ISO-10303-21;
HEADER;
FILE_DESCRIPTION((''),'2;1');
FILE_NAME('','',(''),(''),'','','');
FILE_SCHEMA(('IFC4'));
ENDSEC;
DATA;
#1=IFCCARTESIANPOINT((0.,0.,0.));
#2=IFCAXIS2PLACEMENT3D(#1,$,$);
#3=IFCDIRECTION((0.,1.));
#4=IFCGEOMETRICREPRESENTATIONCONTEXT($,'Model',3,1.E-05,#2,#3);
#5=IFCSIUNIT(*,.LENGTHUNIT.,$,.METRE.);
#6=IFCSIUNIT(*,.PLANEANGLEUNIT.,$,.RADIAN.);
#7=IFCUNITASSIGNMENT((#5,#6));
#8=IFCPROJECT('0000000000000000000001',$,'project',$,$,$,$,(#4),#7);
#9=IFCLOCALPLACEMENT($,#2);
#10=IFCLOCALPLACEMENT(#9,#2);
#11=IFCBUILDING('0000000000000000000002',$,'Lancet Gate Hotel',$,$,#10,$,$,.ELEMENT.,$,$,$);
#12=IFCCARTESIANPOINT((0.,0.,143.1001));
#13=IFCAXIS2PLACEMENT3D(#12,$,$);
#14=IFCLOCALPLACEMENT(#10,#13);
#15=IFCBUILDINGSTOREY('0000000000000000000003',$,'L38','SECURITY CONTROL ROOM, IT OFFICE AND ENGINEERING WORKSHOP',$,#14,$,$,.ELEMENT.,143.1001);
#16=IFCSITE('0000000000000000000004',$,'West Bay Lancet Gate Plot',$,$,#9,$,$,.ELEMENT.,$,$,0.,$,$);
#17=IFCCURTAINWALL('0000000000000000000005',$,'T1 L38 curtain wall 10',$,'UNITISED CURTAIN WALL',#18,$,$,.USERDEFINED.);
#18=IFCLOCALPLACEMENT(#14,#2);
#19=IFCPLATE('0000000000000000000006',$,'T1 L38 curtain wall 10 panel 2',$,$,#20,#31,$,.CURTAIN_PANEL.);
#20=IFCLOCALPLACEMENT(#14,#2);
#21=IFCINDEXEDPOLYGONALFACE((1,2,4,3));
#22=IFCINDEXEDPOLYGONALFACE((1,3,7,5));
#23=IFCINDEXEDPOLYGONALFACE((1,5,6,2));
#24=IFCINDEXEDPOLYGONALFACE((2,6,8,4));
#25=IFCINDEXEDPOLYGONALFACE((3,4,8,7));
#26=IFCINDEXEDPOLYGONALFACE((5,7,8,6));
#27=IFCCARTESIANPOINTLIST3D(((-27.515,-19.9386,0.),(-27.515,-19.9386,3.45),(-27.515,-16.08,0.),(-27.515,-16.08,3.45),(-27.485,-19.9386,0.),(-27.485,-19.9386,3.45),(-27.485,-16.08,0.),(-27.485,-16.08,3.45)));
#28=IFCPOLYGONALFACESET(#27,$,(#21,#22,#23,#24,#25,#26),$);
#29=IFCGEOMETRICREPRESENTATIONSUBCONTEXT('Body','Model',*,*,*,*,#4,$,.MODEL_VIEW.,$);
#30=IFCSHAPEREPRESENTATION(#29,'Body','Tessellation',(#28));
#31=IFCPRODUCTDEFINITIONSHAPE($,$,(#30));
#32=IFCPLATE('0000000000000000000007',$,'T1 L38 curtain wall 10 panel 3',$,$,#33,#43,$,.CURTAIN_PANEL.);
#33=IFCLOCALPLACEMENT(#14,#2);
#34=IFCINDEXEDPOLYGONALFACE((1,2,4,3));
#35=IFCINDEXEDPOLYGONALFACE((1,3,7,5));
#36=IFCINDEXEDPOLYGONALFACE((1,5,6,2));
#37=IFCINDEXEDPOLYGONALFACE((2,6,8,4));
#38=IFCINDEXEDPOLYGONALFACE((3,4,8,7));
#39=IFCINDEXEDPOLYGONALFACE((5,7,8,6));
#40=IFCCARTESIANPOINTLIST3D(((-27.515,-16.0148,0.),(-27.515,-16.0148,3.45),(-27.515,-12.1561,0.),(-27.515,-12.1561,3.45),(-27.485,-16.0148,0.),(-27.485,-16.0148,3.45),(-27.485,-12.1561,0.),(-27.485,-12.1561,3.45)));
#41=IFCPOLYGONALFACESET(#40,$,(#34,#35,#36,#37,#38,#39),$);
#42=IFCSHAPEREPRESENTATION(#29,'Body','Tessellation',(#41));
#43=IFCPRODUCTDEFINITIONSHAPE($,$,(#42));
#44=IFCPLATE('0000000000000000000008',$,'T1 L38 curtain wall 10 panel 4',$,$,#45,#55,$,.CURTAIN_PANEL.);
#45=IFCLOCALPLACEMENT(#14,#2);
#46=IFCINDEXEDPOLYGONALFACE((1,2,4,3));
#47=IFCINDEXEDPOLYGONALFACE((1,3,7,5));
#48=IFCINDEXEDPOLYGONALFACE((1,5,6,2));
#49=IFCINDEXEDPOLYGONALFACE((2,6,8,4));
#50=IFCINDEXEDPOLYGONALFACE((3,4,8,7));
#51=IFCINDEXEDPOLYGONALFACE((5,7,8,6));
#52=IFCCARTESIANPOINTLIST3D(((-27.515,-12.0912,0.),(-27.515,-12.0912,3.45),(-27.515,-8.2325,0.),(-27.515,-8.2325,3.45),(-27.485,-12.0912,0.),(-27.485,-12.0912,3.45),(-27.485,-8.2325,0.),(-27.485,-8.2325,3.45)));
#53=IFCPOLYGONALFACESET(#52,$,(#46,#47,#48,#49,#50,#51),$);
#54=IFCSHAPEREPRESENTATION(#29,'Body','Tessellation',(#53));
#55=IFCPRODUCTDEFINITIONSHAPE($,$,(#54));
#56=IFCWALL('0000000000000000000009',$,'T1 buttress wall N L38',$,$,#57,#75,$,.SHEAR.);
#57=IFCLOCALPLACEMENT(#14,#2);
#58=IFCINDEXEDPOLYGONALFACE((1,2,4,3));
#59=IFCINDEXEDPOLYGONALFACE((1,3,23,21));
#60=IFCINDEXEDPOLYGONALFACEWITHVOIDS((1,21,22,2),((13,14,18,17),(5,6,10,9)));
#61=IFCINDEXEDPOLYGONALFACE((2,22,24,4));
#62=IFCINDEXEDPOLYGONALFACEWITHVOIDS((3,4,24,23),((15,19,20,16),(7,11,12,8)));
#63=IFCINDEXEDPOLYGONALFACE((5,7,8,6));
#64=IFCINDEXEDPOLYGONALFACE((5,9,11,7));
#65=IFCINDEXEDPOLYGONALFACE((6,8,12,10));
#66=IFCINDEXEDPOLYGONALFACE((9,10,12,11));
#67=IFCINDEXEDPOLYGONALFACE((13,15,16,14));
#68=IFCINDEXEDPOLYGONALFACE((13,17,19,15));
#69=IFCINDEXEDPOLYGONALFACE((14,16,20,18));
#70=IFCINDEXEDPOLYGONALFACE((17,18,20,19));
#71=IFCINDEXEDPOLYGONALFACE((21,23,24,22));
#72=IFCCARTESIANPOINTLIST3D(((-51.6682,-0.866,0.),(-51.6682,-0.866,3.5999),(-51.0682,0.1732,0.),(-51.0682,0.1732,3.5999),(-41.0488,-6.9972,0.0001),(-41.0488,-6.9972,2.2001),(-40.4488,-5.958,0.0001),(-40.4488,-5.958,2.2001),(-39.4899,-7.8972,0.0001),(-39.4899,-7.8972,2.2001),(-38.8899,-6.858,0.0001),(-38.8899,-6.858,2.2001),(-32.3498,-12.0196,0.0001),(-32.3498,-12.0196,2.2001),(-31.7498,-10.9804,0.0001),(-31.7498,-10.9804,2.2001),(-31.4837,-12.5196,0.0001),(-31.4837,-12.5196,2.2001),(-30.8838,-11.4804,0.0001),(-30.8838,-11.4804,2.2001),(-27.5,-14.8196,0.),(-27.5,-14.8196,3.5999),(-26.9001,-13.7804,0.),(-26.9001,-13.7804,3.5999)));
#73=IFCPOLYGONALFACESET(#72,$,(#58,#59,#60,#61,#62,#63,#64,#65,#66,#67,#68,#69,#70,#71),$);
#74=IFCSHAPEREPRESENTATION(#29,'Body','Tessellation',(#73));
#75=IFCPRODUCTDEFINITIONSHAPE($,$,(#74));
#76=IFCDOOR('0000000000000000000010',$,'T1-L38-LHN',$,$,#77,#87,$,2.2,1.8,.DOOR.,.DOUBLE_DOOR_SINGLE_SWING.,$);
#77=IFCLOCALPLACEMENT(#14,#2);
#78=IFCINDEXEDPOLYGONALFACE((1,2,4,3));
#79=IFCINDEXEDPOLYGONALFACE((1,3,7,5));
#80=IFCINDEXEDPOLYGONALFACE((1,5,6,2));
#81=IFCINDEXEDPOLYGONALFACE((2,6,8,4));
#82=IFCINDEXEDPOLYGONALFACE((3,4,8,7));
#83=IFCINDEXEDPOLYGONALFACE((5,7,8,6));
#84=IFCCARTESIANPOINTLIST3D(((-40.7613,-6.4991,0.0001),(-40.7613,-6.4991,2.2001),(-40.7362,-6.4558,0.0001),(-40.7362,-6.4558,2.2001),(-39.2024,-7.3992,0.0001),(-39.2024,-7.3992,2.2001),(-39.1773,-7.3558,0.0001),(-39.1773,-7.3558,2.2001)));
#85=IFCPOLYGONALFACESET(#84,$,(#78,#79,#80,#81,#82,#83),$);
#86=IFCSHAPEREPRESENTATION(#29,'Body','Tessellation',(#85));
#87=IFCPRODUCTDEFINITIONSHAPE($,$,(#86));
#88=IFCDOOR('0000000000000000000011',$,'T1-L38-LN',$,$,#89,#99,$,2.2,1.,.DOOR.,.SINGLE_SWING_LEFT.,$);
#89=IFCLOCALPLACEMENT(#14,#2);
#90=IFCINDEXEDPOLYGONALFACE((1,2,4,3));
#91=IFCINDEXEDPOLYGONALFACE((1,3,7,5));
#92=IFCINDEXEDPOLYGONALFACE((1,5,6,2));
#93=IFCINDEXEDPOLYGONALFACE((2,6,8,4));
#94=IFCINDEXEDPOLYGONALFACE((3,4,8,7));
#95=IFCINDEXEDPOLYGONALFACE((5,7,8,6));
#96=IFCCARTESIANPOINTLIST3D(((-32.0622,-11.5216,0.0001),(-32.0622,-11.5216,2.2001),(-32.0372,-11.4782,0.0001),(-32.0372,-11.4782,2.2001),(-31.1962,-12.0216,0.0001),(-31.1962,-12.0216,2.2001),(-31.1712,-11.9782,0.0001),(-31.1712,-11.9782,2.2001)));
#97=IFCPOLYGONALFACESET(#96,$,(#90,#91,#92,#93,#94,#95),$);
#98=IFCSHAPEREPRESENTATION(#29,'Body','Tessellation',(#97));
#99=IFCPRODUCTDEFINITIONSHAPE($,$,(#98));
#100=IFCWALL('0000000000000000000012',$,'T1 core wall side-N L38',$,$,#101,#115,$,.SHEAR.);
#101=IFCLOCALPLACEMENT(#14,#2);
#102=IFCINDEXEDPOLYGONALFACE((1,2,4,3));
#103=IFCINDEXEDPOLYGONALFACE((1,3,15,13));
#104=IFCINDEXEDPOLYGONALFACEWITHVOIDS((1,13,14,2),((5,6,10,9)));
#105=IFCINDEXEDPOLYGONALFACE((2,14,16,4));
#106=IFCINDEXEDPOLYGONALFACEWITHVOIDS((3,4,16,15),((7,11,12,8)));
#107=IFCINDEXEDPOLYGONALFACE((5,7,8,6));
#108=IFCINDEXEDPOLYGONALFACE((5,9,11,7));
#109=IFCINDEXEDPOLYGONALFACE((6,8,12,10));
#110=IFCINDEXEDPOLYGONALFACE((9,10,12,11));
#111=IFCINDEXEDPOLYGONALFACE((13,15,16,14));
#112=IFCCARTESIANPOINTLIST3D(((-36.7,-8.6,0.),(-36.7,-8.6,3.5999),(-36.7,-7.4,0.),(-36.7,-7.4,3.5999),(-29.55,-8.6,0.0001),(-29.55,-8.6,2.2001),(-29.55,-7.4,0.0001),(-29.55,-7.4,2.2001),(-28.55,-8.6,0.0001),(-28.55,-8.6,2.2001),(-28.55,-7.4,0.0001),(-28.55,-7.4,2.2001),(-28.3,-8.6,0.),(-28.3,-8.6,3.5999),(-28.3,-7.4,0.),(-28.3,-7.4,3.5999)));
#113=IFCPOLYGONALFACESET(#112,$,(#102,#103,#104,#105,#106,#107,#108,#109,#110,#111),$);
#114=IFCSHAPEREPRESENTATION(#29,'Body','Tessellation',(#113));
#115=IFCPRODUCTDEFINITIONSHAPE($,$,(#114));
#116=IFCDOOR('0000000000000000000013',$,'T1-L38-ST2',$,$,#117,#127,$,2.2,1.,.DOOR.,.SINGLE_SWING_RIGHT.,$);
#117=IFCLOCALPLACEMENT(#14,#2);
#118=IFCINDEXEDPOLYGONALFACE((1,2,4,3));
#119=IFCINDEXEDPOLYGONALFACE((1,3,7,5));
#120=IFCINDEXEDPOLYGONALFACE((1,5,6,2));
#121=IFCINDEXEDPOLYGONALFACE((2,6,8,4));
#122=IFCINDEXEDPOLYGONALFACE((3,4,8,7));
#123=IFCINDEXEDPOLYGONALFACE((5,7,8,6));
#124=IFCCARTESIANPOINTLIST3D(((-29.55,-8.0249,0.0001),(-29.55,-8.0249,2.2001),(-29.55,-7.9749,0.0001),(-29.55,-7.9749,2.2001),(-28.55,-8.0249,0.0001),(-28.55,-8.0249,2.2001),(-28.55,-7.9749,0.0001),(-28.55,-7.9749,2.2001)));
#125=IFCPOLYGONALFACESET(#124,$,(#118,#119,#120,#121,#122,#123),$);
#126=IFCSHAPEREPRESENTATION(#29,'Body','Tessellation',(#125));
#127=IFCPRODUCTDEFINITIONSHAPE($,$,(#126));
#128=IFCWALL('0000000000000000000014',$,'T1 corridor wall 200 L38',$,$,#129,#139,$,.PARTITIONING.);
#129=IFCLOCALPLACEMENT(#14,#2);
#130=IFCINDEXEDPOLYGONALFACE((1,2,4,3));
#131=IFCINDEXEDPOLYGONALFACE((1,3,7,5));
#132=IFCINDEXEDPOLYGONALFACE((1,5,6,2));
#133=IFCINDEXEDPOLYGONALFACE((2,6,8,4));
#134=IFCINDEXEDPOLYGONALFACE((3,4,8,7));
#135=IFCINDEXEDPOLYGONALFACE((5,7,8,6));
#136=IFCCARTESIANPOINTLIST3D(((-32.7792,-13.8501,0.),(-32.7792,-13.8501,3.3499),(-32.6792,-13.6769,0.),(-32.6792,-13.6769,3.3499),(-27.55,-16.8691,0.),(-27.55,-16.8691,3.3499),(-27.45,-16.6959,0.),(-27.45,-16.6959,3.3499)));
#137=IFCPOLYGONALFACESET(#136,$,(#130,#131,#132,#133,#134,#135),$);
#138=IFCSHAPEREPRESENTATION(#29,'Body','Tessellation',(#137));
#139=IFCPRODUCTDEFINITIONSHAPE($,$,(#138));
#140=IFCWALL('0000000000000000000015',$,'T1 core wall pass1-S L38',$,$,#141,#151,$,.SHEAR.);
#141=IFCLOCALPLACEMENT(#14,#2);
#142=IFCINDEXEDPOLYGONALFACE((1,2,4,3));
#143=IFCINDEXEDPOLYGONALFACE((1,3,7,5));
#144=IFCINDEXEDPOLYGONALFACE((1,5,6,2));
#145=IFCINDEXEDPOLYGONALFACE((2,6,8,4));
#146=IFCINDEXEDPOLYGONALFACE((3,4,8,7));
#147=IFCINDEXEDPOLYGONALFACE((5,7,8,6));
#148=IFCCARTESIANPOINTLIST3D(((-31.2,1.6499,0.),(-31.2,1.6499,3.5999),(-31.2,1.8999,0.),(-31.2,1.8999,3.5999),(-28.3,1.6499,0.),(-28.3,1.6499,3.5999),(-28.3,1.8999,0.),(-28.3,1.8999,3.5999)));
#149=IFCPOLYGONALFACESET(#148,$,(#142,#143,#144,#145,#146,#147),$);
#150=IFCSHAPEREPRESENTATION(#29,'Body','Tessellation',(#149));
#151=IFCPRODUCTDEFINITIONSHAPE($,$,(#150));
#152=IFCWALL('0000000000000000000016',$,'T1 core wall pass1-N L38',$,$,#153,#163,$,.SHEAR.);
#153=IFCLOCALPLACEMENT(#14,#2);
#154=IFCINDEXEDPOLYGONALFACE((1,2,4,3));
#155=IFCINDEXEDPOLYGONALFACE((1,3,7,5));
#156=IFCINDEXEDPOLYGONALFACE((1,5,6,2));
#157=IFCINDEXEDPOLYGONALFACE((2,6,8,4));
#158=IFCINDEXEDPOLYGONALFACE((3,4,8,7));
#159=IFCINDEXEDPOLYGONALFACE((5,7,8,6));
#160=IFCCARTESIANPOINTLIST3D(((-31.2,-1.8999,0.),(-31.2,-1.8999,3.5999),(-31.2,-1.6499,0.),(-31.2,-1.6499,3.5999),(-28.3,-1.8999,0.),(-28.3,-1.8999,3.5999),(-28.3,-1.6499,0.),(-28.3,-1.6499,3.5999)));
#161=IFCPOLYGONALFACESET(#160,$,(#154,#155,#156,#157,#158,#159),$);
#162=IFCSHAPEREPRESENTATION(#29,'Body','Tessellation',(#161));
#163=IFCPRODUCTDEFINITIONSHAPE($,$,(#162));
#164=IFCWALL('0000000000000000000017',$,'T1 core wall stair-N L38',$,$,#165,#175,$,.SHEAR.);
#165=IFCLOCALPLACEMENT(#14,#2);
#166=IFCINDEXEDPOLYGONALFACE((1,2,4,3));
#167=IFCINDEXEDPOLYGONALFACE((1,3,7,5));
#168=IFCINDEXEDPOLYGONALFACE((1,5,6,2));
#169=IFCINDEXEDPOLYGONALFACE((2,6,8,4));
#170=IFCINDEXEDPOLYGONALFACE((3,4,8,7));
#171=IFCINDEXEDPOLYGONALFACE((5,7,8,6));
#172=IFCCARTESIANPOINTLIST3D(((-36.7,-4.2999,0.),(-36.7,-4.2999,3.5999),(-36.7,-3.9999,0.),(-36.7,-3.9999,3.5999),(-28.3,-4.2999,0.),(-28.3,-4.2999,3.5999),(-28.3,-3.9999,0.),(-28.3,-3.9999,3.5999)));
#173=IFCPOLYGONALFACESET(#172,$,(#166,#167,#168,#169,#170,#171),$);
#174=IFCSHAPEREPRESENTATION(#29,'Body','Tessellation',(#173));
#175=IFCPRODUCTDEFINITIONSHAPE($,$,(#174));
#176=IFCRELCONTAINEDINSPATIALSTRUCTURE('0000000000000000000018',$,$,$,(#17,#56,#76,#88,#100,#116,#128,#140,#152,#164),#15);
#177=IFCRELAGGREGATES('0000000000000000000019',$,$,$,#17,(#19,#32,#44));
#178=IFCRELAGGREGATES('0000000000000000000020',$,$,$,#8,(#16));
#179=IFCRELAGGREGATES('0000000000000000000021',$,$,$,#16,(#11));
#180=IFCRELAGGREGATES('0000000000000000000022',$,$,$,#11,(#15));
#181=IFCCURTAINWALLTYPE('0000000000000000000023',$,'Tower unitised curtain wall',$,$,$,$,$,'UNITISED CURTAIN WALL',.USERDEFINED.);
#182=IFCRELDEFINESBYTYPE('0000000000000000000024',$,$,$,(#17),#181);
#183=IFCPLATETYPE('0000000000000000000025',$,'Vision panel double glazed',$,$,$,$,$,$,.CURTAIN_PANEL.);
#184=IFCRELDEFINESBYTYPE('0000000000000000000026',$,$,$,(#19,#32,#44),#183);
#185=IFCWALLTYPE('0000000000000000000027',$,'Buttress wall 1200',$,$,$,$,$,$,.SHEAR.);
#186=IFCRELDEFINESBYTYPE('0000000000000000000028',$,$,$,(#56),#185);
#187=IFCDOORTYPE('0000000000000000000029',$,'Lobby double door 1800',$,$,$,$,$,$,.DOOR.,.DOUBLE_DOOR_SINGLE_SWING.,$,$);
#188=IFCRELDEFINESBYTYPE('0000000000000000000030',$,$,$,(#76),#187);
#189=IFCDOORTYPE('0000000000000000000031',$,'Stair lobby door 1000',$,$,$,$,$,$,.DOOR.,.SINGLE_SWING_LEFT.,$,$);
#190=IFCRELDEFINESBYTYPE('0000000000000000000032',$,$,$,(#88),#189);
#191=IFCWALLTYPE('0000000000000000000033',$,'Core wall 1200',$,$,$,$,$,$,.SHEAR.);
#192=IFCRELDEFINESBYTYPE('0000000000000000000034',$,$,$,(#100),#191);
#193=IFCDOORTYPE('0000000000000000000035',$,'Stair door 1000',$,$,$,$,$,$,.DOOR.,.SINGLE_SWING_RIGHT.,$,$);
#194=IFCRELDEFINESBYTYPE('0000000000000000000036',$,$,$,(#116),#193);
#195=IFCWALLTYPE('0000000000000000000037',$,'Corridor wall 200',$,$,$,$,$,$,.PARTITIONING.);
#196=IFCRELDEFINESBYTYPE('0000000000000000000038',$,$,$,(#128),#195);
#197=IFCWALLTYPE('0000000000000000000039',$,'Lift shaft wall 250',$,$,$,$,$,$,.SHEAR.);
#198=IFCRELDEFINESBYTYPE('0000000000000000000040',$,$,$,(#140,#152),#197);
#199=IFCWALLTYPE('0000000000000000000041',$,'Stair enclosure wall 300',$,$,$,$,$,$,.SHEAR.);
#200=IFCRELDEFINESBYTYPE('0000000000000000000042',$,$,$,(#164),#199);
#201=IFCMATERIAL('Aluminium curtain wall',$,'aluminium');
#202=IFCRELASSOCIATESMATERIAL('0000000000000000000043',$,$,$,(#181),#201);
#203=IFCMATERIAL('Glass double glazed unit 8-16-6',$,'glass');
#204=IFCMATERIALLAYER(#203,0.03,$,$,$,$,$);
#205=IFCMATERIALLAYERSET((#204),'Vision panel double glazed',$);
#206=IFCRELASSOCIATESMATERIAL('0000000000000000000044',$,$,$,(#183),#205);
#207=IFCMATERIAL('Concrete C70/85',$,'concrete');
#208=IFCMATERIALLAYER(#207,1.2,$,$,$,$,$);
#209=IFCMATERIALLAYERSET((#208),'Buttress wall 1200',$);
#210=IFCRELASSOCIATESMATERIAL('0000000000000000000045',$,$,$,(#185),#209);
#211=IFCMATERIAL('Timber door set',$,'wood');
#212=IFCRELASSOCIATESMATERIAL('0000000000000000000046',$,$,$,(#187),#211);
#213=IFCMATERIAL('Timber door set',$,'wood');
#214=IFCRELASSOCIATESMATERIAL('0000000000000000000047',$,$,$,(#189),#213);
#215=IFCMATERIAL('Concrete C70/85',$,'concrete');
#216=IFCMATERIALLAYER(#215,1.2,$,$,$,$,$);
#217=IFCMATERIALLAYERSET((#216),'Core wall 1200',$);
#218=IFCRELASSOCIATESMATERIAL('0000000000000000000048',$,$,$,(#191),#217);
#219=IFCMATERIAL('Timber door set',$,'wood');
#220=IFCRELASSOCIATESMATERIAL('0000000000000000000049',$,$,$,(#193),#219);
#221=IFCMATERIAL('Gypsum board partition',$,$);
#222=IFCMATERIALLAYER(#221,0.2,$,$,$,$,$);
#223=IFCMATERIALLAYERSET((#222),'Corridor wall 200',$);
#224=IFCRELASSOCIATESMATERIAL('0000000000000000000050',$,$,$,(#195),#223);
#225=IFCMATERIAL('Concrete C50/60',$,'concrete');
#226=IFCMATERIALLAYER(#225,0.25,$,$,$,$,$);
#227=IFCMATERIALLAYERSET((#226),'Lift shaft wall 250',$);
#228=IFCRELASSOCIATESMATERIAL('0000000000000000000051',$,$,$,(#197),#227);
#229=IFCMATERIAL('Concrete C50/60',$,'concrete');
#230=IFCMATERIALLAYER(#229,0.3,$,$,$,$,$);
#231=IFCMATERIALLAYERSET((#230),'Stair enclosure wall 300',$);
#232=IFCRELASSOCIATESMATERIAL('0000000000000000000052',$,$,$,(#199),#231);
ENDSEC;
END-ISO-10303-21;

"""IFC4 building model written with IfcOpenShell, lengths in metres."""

from ifc_helpers import new_model, si_unit, direction, frame, frame_2d, origin, origin_2d, place, context, subcontext, project, spatial, rectangle, extrude, material, layer, layer_set, type_object, element, fill, aggregate, save


model = new_model("IFC4")

# Units and contexts
model_context = context("Model", 3, precision=1e-05, world=origin(), true_north=direction((0.0, 1.0)))
body_context = subcontext(model_context, "Body", "Model", "MODEL_VIEW")
ifc_project = project(units=[si_unit("LENGTHUNIT", "METRE"), si_unit("PLANEANGLEUNIT", "RADIAN")], contexts=[model_context])

# Site, building, storey
site_placement = place(None, origin())
site = spatial("IfcSite", under=ifc_project, at=site_placement, Name="West Bay Lancet Gate Plot", CompositionType="ELEMENT", RefElevation=0.0)
building_placement = place(site_placement, origin())
building = spatial("IfcBuilding", under=site, at=building_placement, Name="Lancet Gate Hotel", CompositionType="ELEMENT")
storey_placement = place(building_placement, frame((0.0, 0.0, 143.1001)))
storey = spatial("IfcBuildingStorey", under=building, at=storey_placement, Name="L38", Description="SECURITY CONTROL ROOM, IT OFFICE AND ENGINEERING WORKSHOP", CompositionType="ELEMENT", Elevation=143.1001)

# Curtain wall
ifc_material_1 = material(Name="Aluminium curtain wall", Category="aluminium")
curtain_wall_type = type_object("IfcCurtainWallType", Name="Tower unitised curtain wall", ElementType="UNITISED CURTAIN WALL", PredefinedType="USERDEFINED", material=ifc_material_1)
curtain_wall_placement = place(storey_placement, origin())
curtain_wall = element("IfcCurtainWall", 1, at=curtain_wall_placement, inside=storey, type_object=curtain_wall_type, Name="T1 L38 curtain wall 10", ObjectType="UNITISED CURTAIN WALL", PredefinedType="USERDEFINED")

# Plates
ifc_material_2 = material(Name="Glass double glazed unit 8-16-6", Category="glass")
ifc_layer_1 = layer(ifc_material_2, 0.03)
ifc_layer_set_1 = layer_set([ifc_layer_1], Name="Vision panel double glazed")
plate_type = type_object("IfcPlateType", Name="Vision panel double glazed", PredefinedType="CURTAIN_PANEL", material=ifc_layer_set_1)
plate_1_placement = place(storey_placement, frame((-27.5, -18.0093, 0.0), z_axis=(0.0, 0.0, 1.0), x_axis=(0.0, 1.0, 0.0)))
plate_1 = element("IfcPlate", 2, at=plate_1_placement, type_object=plate_type, Name="T1 L38 curtain wall 10 panel 2", PredefinedType="CURTAIN_PANEL", context=body_context, shape_type="SweptSolid", body=[
    extrude(rectangle(XDim=3.8586, YDim=0.03, at=origin_2d()), origin(), (0.0, 0.0, 1.0), 3.45),
])
plate_2_placement = place(storey_placement, frame((-27.5, -14.0854, 0.0), z_axis=(0.0, 0.0, 1.0), x_axis=(0.0, 1.0, 0.0)))
plate_2 = element("IfcPlate", 3, at=plate_2_placement, type_object=plate_type, Name="T1 L38 curtain wall 10 panel 3", PredefinedType="CURTAIN_PANEL", context=body_context, shape_type="SweptSolid", body=[
    extrude(rectangle(XDim=3.8586, YDim=0.03, at=origin_2d()), origin(), (0.0, 0.0, 1.0), 3.45),
])
plate_3_placement = place(storey_placement, frame((-27.5, -10.1619, 0.0), z_axis=(0.0, 0.0, 1.0), x_axis=(0.0, 1.0, 0.0)))
plate_3 = element("IfcPlate", 4, at=plate_3_placement, type_object=plate_type, Name="T1 L38 curtain wall 10 panel 4", PredefinedType="CURTAIN_PANEL", context=body_context, shape_type="SweptSolid", body=[
    extrude(rectangle(XDim=3.8586, YDim=0.03, at=origin_2d()), origin(), (0.0, 0.0, 1.0), 3.45),
])
aggregate(curtain_wall, [plate_1, plate_2, plate_3])

# Wall, openings, doors
ifc_material_3 = material(Name="Concrete C70/85", Category="concrete")
ifc_layer_2 = layer(ifc_material_3, 1.2)
ifc_layer_set_2 = layer_set([ifc_layer_2], Name="Buttress wall 1200")
wall_type_1 = type_object("IfcWallType", Name="Buttress wall 1200", PredefinedType="SHEAR", material=ifc_layer_set_2)
wall_1_placement = place(storey_placement, frame((-27.2, -14.3, 0.0), z_axis=(0.0, 0.0, 1.0), x_axis=(-0.866024, 0.500002, 0.0)))
wall_1 = element("IfcWall", 5, at=wall_1_placement, inside=storey, type_object=wall_type_1, Name="T1 buttress wall N L38", PredefinedType="SHEAR", context=body_context, shape_type="SweptSolid", body=[
    extrude(rectangle(XDim=27.907, YDim=1.2, at=frame_2d((13.9536, 0.0))), origin(), (0.0, 0.0, 1.0), 3.5999),
])
opening_1_placement = place(wall_1_placement, frame((4.6001, 0.0, 0.0)))
opening_1 = element("IfcOpeningElement", 6, at=opening_1_placement, cuts=wall_1, PredefinedType="OPENING", context=body_context, shape_type="SweptSolid", body=[
    extrude(rectangle(XDim=1.0, YDim=2.2, at=frame_2d((0.5, 1.1001))), frame((0.0, 0.6099, 0.0), z_axis=(0.0, -1.0, 0.0), x_axis=(1.0, 0.0, 0.0)), (0.0, 0.0, 1.0), 1.22),
])
opening_2_placement = place(wall_1_placement, frame((13.845, 0.0, 0.0)))
opening_2 = element("IfcOpeningElement", 7, at=opening_2_placement, cuts=wall_1, PredefinedType="OPENING", context=body_context, shape_type="SweptSolid", body=[
    extrude(rectangle(XDim=1.8, YDim=2.2, at=frame_2d((0.8999, 1.1001))), frame((0.0, 0.6099, 0.0), z_axis=(0.0, -1.0, 0.0), x_axis=(1.0, 0.0, 0.0)), (0.0, 0.0, 1.0), 1.22),
])
ifc_material_4 = material(Name="Timber door set", Category="wood")
door_type_1 = type_object("IfcDoorType", Name="Lobby double door 1800", OperationType="DOUBLE_DOOR_SINGLE_SWING", PredefinedType="DOOR", material=ifc_material_4)
door_1_placement = place(opening_2_placement, origin())
door_1 = element("IfcDoor", 8, at=door_1_placement, inside=storey, type_object=door_type_1, Name="T1-L38-LHN", OperationType="DOUBLE_DOOR_SINGLE_SWING", OverallHeight=2.2, OverallWidth=1.8, PredefinedType="DOOR", context=body_context, shape_type="SweptSolid", body=[
    extrude(rectangle(XDim=1.8, YDim=2.2, at=frame_2d((0.8999, 1.1001))), frame((0.0, 0.0249, 0.0), z_axis=(0.0, -1.0, 0.0), x_axis=(1.0, 0.0, 0.0)), (0.0, 0.0, 1.0), 0.05),
])
fill(opening_2, door_1)
ifc_material_5 = material(Name="Timber door set", Category="wood")
door_type_2 = type_object("IfcDoorType", Name="Stair lobby door 1000", OperationType="SINGLE_SWING_LEFT", PredefinedType="DOOR", material=ifc_material_5)
door_2_placement = place(opening_1_placement, origin())
door_2 = element("IfcDoor", 9, at=door_2_placement, inside=storey, type_object=door_type_2, Name="T1-L38-LN", OperationType="SINGLE_SWING_LEFT", OverallHeight=2.2, OverallWidth=1.0, PredefinedType="DOOR", context=body_context, shape_type="SweptSolid", body=[
    extrude(rectangle(XDim=1.0, YDim=2.2, at=frame_2d((0.5, 1.1001))), frame((0.0, 0.0249, 0.0), z_axis=(0.0, -1.0, 0.0), x_axis=(1.0, 0.0, 0.0)), (0.0, 0.0, 1.0), 0.05),
])
fill(opening_1, door_2)

# Wall, opening, door
ifc_material_6 = material(Name="Concrete C70/85", Category="concrete")
ifc_layer_3 = layer(ifc_material_6, 1.2)
ifc_layer_set_3 = layer_set([ifc_layer_3], Name="Core wall 1200")
wall_type_2 = type_object("IfcWallType", Name="Core wall 1200", PredefinedType="SHEAR", material=ifc_layer_set_3)
wall_2_placement = place(storey_placement, frame((-28.3, -8.0, 0.0), z_axis=(0.0, 0.0, 1.0), x_axis=(-1.0, 0.0, 0.0)))
wall_2 = element("IfcWall", 10, at=wall_2_placement, inside=storey, type_object=wall_type_2, Name="T1 core wall side-N L38", PredefinedType="SHEAR", context=body_context, shape_type="SweptSolid", body=[
    extrude(rectangle(XDim=8.3999, YDim=1.2, at=frame_2d((4.2, 0.0))), origin(), (0.0, 0.0, 1.0), 3.5999),
])
opening_3_placement = place(wall_2_placement, frame((0.25, 0.0, 0.0)))
opening_3 = element("IfcOpeningElement", 11, at=opening_3_placement, cuts=wall_2, PredefinedType="OPENING", context=body_context, shape_type="SweptSolid", body=[
    extrude(rectangle(XDim=1.0, YDim=2.2, at=frame_2d((0.5, 1.1001))), frame((0.0, 0.6099, 0.0), z_axis=(0.0, -1.0, 0.0), x_axis=(1.0, 0.0, 0.0)), (0.0, 0.0, 1.0), 1.22),
])
ifc_material_7 = material(Name="Timber door set", Category="wood")
door_type_3 = type_object("IfcDoorType", Name="Stair door 1000", OperationType="SINGLE_SWING_RIGHT", PredefinedType="DOOR", material=ifc_material_7)
door_3_placement = place(opening_3_placement, origin())
door_3 = element("IfcDoor", 12, at=door_3_placement, inside=storey, type_object=door_type_3, Name="T1-L38-ST2", OperationType="SINGLE_SWING_RIGHT", OverallHeight=2.2, OverallWidth=1.0, PredefinedType="DOOR", context=body_context, shape_type="SweptSolid", body=[
    extrude(rectangle(XDim=1.0, YDim=2.2, at=frame_2d((0.5, 1.1001))), frame((0.0, 0.0249, 0.0), z_axis=(0.0, -1.0, 0.0), x_axis=(1.0, 0.0, 0.0)), (0.0, 0.0, 1.0), 0.05),
])
fill(opening_3, door_3)

# Walls
ifc_material_8 = material(Name="Gypsum board partition")
ifc_layer_4 = layer(ifc_material_8, 0.2)
ifc_layer_set_4 = layer_set([ifc_layer_4], Name="Corridor wall 200")
wall_type_3 = type_object("IfcWallType", Name="Corridor wall 200", PredefinedType="PARTITIONING", material=ifc_layer_set_4)
wall_3_placement = place(storey_placement, frame((-27.5, -16.7825, 0.0), z_axis=(0.0, 0.0, 1.0), x_axis=(-0.86603, 0.499992, 0.0)))
element("IfcWall", 13, at=wall_3_placement, inside=storey, type_object=wall_type_3, Name="T1 corridor wall 200 L38", PredefinedType="PARTITIONING", context=body_context, shape_type="SweptSolid", body=[
    extrude(rectangle(XDim=6.0381, YDim=0.2, at=frame_2d((3.019, 0.0))), origin(), (0.0, 0.0, 1.0), 3.3499),
])
ifc_material_9 = material(Name="Concrete C50/60", Category="concrete")
ifc_layer_5 = layer(ifc_material_9, 0.25)
ifc_layer_set_5 = layer_set([ifc_layer_5], Name="Lift shaft wall 250")
wall_type_4 = type_object("IfcWallType", Name="Lift shaft wall 250", PredefinedType="SHEAR", material=ifc_layer_set_5)
for number, where, z_axis, x_axis, name in (
    (14, (-28.3, 1.7749, 0.0), (0.0, 0.0, 1.0), (-1.0, 0.0, 0.0), "T1 core wall pass1-S L38"),
    (15, (-28.3, -1.7749, 0.0), (0.0, 0.0, 1.0), (-1.0, 0.0, 0.0), "T1 core wall pass1-N L38"),
):
    element("IfcWall", number, at=place(storey_placement, frame(where, z_axis=z_axis, x_axis=x_axis)), inside=storey, type_object=wall_type_4, Name=name, PredefinedType="SHEAR", context=body_context, shape_type="SweptSolid", body=[
        extrude(rectangle(XDim=2.8999, YDim=0.25, at=frame_2d((1.45, 0.0))), origin(), (0.0, 0.0, 1.0), 3.5999),
    ])
ifc_material_10 = material(Name="Concrete C50/60", Category="concrete")
ifc_layer_6 = layer(ifc_material_10, 0.3)
ifc_layer_set_6 = layer_set([ifc_layer_6], Name="Stair enclosure wall 300")
wall_type_5 = type_object("IfcWallType", Name="Stair enclosure wall 300", PredefinedType="SHEAR", material=ifc_layer_set_6)
wall_4_placement = place(storey_placement, frame((-28.3, -4.1499, 0.0), z_axis=(0.0, 0.0, 1.0), x_axis=(-1.0, 0.0, 0.0)))
element("IfcWall", 16, at=wall_4_placement, inside=storey, type_object=wall_type_5, Name="T1 core wall stair-N L38", PredefinedType="SHEAR", context=body_context, shape_type="SweptSolid", body=[
    extrude(rectangle(XDim=8.3999, YDim=0.3, at=frame_2d((4.2, 0.0))), origin(), (0.0, 0.0, 1.0), 3.5999),
])

save(model, "model.ifc")
